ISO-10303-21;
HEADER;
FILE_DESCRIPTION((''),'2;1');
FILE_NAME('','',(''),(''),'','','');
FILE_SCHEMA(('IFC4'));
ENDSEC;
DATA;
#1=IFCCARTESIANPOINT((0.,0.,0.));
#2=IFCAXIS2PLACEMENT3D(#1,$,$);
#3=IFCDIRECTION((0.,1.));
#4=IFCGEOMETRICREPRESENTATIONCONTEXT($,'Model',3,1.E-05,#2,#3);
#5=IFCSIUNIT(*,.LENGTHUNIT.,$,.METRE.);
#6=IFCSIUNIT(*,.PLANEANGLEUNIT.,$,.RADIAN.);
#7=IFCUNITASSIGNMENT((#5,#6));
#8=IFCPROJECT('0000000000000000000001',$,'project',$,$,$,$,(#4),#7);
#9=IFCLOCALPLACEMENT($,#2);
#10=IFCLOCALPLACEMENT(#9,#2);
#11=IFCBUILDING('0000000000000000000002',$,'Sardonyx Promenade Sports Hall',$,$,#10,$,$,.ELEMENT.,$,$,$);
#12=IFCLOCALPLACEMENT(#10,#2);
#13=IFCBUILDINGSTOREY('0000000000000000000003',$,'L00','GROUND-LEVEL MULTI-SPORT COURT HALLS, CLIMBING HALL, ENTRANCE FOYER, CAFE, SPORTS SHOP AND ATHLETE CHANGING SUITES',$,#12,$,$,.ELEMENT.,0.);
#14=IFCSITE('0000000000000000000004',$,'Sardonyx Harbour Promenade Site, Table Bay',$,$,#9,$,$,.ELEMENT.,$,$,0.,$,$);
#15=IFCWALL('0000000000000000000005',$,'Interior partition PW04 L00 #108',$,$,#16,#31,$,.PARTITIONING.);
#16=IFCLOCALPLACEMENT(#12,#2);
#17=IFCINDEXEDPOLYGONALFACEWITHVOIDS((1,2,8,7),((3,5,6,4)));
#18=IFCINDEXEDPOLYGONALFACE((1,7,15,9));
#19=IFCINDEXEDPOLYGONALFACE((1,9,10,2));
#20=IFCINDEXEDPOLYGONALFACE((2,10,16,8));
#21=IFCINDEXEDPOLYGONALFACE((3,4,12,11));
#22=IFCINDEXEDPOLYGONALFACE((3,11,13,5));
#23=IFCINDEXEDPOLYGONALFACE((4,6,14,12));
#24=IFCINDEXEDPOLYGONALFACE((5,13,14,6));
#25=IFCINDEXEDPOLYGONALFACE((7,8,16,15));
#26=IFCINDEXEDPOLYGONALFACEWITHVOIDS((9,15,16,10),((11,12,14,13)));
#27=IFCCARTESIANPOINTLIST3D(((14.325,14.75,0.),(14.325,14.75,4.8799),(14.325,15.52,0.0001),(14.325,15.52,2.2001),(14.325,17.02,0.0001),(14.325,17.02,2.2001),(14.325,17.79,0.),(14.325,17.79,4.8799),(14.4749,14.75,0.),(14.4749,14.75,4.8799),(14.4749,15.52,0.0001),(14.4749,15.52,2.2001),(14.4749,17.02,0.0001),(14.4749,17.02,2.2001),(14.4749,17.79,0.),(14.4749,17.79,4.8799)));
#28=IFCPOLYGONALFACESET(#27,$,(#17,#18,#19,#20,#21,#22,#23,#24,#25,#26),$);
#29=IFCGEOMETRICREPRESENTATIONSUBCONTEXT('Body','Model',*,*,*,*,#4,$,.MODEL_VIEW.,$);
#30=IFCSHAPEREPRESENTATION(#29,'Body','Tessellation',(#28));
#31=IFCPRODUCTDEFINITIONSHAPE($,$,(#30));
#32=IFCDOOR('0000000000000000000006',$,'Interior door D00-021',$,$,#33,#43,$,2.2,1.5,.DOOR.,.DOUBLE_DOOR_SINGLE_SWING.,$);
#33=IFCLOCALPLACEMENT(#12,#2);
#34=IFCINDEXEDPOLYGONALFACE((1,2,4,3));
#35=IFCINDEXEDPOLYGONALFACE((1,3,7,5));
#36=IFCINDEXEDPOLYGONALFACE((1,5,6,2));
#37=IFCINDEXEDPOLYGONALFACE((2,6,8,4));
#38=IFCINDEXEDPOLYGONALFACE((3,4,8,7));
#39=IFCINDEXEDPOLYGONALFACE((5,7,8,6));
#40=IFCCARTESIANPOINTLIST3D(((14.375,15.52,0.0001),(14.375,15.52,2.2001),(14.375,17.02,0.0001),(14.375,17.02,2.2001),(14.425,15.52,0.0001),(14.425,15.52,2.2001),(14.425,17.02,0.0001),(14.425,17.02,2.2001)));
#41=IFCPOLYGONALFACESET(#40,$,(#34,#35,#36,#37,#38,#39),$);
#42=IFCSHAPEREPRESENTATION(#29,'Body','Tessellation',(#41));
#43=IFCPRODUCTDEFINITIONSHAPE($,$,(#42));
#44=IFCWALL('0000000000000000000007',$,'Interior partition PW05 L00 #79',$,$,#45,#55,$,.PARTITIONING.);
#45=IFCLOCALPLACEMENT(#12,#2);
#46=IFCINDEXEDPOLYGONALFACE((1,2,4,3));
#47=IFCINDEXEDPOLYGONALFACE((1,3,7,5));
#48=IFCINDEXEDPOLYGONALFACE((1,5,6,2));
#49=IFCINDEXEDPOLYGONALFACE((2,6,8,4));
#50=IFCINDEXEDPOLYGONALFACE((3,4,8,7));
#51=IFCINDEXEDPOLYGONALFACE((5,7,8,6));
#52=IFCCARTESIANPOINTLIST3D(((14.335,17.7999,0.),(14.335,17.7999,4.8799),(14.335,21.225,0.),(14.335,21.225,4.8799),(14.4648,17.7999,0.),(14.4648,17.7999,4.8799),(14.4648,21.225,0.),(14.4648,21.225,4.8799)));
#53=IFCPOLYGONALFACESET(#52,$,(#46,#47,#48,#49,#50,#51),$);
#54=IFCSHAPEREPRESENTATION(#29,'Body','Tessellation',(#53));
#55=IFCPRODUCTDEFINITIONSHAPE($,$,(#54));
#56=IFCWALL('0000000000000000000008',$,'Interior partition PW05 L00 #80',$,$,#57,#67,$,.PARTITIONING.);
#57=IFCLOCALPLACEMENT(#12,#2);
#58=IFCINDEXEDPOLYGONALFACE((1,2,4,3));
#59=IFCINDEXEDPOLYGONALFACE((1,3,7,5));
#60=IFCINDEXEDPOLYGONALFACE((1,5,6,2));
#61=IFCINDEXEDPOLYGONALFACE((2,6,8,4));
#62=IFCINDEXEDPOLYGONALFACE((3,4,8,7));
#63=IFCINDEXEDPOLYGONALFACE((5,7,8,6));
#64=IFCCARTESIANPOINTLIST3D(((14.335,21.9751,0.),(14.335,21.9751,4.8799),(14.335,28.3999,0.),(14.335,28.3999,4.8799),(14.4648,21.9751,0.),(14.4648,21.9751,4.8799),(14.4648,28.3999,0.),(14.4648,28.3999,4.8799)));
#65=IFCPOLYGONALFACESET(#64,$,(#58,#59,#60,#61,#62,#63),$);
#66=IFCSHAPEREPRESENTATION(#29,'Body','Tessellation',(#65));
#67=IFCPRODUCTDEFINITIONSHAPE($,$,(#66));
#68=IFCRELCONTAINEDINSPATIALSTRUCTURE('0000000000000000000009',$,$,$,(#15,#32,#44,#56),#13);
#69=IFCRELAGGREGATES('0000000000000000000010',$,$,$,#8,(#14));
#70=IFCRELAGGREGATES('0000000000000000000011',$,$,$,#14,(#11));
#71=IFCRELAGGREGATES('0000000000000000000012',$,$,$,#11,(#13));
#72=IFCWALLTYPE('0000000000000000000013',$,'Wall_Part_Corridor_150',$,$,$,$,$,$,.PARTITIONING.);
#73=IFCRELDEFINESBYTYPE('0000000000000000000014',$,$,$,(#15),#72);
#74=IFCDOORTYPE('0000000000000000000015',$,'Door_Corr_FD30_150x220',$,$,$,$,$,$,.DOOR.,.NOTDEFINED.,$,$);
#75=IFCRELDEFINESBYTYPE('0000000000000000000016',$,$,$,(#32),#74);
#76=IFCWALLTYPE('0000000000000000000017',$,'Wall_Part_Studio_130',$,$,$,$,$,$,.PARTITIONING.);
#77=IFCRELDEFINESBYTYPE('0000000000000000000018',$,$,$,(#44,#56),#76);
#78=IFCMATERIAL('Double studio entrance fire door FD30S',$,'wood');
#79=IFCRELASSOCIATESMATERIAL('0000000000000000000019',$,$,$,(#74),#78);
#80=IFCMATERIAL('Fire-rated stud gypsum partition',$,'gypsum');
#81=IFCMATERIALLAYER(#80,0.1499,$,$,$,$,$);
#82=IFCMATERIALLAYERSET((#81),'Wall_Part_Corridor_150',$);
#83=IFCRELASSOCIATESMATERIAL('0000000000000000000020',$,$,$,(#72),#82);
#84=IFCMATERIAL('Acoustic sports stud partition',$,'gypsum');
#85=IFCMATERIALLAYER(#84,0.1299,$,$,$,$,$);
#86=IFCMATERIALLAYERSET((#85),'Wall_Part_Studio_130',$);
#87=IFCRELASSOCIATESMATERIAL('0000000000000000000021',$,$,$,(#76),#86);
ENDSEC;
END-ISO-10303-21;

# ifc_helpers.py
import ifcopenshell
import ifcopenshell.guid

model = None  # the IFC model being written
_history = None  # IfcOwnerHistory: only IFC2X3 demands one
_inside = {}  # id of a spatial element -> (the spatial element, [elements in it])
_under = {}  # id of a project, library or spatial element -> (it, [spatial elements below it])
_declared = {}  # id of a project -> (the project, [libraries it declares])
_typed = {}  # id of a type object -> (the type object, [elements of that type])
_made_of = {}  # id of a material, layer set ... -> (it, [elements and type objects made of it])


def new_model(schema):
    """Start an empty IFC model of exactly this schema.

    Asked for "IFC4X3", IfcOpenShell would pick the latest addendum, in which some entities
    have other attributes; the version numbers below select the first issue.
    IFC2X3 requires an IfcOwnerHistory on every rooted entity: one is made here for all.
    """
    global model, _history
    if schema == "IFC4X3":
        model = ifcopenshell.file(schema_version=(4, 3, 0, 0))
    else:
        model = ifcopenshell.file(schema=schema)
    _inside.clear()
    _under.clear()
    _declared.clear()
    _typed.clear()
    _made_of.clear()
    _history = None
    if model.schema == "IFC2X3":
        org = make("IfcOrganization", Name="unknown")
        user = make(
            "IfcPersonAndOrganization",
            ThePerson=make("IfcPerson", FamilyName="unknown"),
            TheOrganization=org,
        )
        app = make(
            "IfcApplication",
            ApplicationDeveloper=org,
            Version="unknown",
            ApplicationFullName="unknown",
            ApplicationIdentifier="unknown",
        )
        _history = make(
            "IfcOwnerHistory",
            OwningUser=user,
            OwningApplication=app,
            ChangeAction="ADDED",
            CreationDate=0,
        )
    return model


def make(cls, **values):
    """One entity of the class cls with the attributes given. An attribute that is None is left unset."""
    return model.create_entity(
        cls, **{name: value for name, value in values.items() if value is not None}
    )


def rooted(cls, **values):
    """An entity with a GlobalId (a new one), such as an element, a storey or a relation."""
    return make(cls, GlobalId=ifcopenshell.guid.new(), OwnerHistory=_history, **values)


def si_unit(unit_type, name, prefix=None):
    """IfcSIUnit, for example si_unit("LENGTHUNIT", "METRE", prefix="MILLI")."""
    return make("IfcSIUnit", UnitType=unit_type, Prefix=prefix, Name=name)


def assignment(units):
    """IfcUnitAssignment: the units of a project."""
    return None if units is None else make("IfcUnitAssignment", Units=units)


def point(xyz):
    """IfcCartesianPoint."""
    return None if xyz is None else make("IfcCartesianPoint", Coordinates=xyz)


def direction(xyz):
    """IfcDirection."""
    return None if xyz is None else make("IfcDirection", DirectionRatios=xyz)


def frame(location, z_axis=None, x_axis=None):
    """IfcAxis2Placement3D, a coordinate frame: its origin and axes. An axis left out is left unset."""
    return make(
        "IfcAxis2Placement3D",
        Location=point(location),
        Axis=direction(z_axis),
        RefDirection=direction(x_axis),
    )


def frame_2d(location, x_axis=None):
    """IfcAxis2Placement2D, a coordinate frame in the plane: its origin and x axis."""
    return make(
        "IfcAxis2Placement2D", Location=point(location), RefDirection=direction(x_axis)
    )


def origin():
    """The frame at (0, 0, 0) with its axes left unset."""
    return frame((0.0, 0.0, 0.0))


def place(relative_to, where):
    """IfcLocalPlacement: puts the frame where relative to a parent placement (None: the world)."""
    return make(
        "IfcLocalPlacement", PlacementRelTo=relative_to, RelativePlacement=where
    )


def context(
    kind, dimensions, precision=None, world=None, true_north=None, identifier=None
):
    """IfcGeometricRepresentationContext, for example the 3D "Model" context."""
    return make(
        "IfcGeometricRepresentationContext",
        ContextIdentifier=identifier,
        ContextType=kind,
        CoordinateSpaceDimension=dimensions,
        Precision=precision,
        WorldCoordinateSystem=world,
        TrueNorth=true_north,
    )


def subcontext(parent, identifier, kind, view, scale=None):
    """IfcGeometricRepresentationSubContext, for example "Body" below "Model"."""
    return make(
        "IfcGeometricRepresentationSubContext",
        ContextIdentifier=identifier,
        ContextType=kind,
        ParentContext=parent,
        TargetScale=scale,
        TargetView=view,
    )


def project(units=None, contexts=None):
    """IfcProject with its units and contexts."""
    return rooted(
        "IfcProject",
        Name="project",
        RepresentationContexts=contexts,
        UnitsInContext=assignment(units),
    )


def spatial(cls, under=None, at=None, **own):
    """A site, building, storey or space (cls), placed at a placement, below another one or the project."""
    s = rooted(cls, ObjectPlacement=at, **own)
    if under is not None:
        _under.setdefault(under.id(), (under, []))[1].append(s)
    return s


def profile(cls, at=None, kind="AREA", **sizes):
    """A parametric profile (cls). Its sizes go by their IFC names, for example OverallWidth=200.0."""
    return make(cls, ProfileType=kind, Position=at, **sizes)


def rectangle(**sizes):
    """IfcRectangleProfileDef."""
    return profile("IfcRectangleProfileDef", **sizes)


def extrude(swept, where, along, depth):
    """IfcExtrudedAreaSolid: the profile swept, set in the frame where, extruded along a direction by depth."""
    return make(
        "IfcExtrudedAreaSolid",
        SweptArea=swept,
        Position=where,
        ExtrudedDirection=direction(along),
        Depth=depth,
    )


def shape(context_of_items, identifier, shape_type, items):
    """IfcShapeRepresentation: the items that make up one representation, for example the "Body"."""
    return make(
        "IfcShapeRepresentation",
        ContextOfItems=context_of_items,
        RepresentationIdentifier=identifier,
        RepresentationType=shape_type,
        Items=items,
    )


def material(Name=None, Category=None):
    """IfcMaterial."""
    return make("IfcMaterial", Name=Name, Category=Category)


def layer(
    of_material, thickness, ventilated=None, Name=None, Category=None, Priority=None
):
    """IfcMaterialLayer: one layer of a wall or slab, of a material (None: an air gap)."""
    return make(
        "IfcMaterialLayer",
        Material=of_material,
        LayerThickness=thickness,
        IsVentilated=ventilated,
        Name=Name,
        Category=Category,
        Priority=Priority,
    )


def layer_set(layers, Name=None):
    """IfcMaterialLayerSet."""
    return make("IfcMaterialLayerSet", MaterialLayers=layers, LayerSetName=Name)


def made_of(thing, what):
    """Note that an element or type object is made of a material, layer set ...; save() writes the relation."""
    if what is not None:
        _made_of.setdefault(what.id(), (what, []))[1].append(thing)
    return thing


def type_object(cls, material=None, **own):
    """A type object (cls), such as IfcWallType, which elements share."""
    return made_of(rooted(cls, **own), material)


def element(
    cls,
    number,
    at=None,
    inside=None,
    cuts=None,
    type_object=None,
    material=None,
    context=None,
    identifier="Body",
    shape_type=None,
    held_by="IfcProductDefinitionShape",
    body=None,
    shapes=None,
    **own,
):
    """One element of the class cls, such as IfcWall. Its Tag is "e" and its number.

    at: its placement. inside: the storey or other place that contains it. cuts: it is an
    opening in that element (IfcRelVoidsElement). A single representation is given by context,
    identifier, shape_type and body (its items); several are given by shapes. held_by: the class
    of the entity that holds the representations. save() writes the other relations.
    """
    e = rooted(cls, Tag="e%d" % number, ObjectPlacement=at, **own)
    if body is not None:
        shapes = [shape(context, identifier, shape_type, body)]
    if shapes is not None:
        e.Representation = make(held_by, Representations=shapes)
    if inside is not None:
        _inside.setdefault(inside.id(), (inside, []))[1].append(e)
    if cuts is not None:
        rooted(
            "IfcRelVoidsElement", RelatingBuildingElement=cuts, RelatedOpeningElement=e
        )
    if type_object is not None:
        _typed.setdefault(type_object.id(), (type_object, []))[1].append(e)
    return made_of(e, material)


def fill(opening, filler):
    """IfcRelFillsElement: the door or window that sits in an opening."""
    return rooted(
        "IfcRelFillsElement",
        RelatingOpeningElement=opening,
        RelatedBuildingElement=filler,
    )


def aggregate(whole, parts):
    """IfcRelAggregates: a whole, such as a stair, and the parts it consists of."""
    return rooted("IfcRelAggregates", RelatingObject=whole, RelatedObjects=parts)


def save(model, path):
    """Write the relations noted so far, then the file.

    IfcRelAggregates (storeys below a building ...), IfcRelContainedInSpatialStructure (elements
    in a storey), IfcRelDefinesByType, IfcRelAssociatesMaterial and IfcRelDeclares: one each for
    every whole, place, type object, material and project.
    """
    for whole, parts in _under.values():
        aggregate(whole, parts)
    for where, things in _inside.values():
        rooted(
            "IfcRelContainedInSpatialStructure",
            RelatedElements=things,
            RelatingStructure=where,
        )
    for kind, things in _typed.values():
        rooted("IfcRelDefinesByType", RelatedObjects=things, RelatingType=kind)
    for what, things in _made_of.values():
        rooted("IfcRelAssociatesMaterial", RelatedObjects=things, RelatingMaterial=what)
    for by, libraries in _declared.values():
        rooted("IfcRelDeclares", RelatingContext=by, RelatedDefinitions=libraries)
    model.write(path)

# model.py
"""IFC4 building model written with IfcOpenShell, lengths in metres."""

from ifc_helpers import new_model, si_unit, direction, frame, frame_2d, origin, place, context, subcontext, project, spatial, rectangle, extrude, material, layer, layer_set, type_object, element, fill, save


model = new_model("IFC4")

# Units and contexts
model_context = context("Model", 3, precision=1e-05, world=origin(), true_north=direction((0.0, 1.0)))
body_context = subcontext(model_context, "Body", "Model", "MODEL_VIEW")
ifc_project = project(units=[si_unit("LENGTHUNIT", "METRE"), si_unit("PLANEANGLEUNIT", "RADIAN")], contexts=[model_context])

# Site, building, storey
site_placement = place(None, origin())
site = spatial("IfcSite", under=ifc_project, at=site_placement, Name="Sardonyx Harbour Promenade Site, Table Bay", CompositionType="ELEMENT", RefElevation=0.0)
building_placement = place(site_placement, origin())
building = spatial("IfcBuilding", under=site, at=building_placement, Name="Sardonyx Promenade Sports Hall", CompositionType="ELEMENT")
storey_placement = place(building_placement, origin())
storey = spatial("IfcBuildingStorey", under=building, at=storey_placement, Name="L00", Description="GROUND-LEVEL MULTI-SPORT COURT HALLS, CLIMBING HALL, ENTRANCE FOYER, CAFE, SPORTS SHOP AND ATHLETE CHANGING SUITES", CompositionType="ELEMENT", Elevation=0.0)

# Wall, opening, door
ifc_material_1 = material(Name="Double studio entrance fire door FD30S", Category="wood")
door_type = type_object("IfcDoorType", Name="Door_Corr_FD30_150x220", OperationType="NOTDEFINED", PredefinedType="DOOR", material=ifc_material_1)
ifc_material_2 = material(Name="Fire-rated stud gypsum partition", Category="gypsum")
ifc_layer_1 = layer(ifc_material_2, 0.1499)
ifc_layer_set_1 = layer_set([ifc_layer_1], Name="Wall_Part_Corridor_150")
wall_type_1 = type_object("IfcWallType", Name="Wall_Part_Corridor_150", PredefinedType="PARTITIONING", material=ifc_layer_set_1)
wall_1_placement = place(storey_placement, frame((14.3999, 14.75, 0.0), z_axis=(0.0, 0.0, 1.0), x_axis=(0.0, 1.0, 0.0)))
wall_1 = element("IfcWall", 1, at=wall_1_placement, inside=storey, type_object=wall_type_1, Name="Interior partition PW04 L00 #108", PredefinedType="PARTITIONING", context=body_context, shape_type="SweptSolid", body=[
    extrude(rectangle(XDim=3.04, YDim=0.1499, at=frame_2d((1.52, 0.0))), origin(), (0.0, 0.0, 1.0), 4.8799),
])
opening_1_placement = place(wall_1_placement, frame((0.77, 0.0, 0.0)))
opening_1 = element("IfcOpeningElement", 2, at=opening_1_placement, cuts=wall_1, PredefinedType="OPENING", context=body_context, shape_type="SweptSolid", body=[
    extrude(rectangle(XDim=1.5, YDim=2.2, at=frame_2d((0.75, 1.1001))), frame((0.0, 0.085, 0.0), z_axis=(0.0, -1.0, 0.0), x_axis=(1.0, 0.0, 0.0)), (0.0, 0.0, 1.0), 0.17),
])
door_1_placement = place(opening_1_placement, origin())
door_1 = element("IfcDoor", 3, at=door_1_placement, inside=storey, type_object=door_type, Name="Interior door D00-021", OperationType="DOUBLE_DOOR_SINGLE_SWING", OverallHeight=2.2, OverallWidth=1.5, PredefinedType="DOOR", context=body_context, shape_type="SweptSolid", body=[
    extrude(rectangle(XDim=1.5, YDim=2.2, at=frame_2d((0.75, 1.1001))), frame((0.0, 0.0249, 0.0), z_axis=(0.0, -1.0, 0.0), x_axis=(1.0, 0.0, 0.0)), (0.0, 0.0, 1.0), 0.05),
])
fill(opening_1, door_1)

# Walls
ifc_material_3 = material(Name="Acoustic sports stud partition", Category="gypsum")
ifc_layer_2 = layer(ifc_material_3, 0.1299)
ifc_layer_set_2 = layer_set([ifc_layer_2], Name="Wall_Part_Studio_130")
wall_type_2 = type_object("IfcWallType", Name="Wall_Part_Studio_130", PredefinedType="PARTITIONING", material=ifc_layer_set_2)
wall_2_placement = place(storey_placement, frame((14.3999, 17.8, 0.0), z_axis=(0.0, 0.0, 1.0), x_axis=(0.0, 1.0, 0.0)))
element("IfcWall", 4, at=wall_2_placement, inside=storey, type_object=wall_type_2, Name="Interior partition PW05 L00 #79", PredefinedType="PARTITIONING", context=body_context, shape_type="SweptSolid", body=[
    extrude(rectangle(XDim=3.425, YDim=0.1299, at=frame_2d((1.7124, 0.0))), origin(), (0.0, 0.0, 1.0), 4.8799),
])
wall_3_placement = place(storey_placement, frame((14.3999, 21.9751, 0.0), z_axis=(0.0, 0.0, 1.0), x_axis=(0.0, 1.0, 0.0)))
element("IfcWall", 5, at=wall_3_placement, inside=storey, type_object=wall_type_2, Name="Interior partition PW05 L00 #80", PredefinedType="PARTITIONING", context=body_context, shape_type="SweptSolid", body=[
    extrude(rectangle(XDim=6.4248, YDim=0.1299, at=frame_2d((3.2124, 0.0))), origin(), (0.0, 0.0, 1.0), 4.8799),
])

save(model, "model.ifc")
